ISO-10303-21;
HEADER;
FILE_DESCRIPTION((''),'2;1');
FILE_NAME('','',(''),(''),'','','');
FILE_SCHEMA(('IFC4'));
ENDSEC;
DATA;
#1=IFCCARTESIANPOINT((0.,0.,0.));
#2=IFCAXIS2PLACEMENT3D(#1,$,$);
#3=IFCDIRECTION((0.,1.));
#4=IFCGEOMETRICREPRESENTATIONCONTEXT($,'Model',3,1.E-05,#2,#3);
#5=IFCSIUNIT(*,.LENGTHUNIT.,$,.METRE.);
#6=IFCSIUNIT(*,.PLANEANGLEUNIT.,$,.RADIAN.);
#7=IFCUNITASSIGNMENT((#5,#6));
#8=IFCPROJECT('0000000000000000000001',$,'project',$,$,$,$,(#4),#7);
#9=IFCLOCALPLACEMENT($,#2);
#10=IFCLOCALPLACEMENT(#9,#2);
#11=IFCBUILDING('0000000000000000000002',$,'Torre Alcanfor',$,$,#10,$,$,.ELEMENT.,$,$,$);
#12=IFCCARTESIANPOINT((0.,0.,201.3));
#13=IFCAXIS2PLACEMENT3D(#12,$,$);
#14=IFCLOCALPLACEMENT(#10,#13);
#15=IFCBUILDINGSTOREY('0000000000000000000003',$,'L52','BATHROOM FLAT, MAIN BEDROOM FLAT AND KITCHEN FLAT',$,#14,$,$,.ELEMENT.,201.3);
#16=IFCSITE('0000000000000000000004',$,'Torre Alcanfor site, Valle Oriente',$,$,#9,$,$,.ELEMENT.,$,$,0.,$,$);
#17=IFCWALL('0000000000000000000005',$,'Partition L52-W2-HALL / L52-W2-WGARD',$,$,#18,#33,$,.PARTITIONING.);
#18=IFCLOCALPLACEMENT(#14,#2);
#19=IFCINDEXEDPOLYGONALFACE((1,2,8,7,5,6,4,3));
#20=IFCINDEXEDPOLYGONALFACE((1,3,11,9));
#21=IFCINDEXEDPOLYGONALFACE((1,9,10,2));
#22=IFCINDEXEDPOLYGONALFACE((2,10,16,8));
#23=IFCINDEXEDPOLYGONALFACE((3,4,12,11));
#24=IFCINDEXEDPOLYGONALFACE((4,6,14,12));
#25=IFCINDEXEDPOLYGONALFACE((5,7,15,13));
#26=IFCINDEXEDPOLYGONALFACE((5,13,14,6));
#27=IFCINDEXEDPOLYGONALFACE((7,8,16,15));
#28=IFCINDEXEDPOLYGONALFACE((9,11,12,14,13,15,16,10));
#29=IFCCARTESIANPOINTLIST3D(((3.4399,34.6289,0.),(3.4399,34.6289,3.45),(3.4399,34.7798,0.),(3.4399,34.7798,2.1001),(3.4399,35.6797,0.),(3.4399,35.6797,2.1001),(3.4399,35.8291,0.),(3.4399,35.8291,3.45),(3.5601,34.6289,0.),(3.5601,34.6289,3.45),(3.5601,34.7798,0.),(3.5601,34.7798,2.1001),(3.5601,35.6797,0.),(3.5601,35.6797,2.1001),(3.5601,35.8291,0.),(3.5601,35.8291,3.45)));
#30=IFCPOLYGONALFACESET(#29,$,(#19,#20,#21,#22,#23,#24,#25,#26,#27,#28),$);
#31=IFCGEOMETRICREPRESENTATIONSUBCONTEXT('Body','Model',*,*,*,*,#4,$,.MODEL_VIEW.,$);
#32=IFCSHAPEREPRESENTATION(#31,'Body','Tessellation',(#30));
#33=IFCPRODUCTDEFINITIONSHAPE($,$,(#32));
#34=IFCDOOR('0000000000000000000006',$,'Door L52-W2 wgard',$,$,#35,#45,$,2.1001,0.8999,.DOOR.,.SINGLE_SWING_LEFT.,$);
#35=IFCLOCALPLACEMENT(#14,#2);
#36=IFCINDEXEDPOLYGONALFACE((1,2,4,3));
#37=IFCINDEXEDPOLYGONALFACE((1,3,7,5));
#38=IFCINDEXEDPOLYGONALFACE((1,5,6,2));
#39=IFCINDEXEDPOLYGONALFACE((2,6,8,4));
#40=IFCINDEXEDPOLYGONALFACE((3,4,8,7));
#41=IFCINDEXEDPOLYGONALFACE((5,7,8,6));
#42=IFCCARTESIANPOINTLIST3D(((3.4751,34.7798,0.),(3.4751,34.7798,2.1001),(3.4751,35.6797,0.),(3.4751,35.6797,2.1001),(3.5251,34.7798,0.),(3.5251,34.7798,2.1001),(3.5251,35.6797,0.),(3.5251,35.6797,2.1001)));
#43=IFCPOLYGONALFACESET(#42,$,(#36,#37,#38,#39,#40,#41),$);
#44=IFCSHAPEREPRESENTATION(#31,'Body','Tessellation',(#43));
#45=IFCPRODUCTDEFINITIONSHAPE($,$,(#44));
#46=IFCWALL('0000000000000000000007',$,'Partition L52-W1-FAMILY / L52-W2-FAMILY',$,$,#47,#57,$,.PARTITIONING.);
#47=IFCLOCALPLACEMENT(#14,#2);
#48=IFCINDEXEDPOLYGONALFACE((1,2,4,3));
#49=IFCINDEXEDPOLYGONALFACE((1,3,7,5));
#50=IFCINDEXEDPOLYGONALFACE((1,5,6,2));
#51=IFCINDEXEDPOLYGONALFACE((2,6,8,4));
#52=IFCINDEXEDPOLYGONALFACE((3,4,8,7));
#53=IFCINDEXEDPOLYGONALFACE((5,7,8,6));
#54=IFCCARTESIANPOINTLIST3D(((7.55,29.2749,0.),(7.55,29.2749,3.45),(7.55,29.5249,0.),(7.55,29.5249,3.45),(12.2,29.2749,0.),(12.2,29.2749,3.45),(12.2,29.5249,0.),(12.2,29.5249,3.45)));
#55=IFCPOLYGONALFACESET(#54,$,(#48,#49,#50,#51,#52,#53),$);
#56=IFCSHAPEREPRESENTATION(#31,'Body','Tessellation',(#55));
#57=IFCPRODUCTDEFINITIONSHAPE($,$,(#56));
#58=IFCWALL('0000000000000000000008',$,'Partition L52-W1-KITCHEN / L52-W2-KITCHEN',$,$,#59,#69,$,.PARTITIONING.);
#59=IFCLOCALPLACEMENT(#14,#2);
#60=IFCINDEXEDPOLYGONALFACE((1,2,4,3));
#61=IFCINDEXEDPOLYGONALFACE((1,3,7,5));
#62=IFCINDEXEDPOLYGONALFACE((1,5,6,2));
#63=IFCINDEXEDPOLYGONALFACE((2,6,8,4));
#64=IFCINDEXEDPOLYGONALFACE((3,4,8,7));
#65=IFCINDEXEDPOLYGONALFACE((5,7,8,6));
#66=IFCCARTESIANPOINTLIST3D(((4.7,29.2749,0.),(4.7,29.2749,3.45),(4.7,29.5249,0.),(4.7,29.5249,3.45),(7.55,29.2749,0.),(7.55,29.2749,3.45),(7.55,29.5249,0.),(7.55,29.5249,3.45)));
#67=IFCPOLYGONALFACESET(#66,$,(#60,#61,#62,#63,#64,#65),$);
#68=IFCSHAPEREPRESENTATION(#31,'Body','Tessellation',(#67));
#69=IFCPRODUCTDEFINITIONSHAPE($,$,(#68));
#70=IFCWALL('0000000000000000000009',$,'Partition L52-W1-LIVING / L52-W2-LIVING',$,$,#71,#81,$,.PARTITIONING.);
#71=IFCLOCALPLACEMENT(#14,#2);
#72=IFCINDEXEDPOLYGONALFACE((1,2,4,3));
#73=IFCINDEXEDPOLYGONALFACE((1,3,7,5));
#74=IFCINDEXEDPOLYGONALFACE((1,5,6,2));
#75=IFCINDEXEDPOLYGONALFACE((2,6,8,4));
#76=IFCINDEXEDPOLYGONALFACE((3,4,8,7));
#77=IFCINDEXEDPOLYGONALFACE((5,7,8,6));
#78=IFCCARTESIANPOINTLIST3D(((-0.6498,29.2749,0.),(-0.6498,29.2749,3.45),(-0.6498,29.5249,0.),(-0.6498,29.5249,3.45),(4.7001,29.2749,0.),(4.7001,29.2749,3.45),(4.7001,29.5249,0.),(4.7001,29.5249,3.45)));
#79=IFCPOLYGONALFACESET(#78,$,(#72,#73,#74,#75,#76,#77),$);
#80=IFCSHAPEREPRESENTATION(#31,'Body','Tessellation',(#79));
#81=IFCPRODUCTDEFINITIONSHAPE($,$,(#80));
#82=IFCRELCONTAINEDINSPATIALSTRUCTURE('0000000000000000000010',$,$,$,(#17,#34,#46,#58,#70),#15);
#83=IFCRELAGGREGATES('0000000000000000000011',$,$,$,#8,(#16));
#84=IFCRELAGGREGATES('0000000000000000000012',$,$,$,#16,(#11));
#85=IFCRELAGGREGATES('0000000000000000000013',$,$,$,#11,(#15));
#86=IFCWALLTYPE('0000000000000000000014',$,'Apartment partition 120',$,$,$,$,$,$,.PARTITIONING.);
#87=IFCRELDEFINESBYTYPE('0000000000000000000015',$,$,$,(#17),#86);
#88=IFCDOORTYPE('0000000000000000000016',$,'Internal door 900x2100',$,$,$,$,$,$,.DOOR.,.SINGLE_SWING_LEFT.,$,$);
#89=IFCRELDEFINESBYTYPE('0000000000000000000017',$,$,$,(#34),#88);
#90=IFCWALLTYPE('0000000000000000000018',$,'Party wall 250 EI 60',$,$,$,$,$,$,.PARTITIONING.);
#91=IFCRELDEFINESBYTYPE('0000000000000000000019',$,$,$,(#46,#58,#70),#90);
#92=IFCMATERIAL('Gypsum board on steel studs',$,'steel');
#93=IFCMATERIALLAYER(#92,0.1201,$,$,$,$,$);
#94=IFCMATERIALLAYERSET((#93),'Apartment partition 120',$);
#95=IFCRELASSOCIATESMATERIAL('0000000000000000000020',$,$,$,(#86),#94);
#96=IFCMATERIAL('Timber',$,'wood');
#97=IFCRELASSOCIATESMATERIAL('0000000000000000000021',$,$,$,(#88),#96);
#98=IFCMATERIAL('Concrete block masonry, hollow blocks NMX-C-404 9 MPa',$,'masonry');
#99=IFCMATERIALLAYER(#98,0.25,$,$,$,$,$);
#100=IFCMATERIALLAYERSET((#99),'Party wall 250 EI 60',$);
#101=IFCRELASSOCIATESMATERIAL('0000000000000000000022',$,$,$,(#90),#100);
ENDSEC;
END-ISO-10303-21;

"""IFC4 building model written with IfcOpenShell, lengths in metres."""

from ifc_helpers import new_model, si_unit, direction, frame, frame_2d, origin, place, context, subcontext, project, spatial, rectangle, extrude, material, layer, layer_set, type_object, element, fill, save


model = new_model("IFC4")

# Units and contexts
model_context = context("Model", 3, precision=1e-05, world=origin(), true_north=direction((0.0, 1.0)))
body_context = subcontext(model_context, "Body", "Model", "MODEL_VIEW")
ifc_project = project(units=[si_unit("LENGTHUNIT", "METRE"), si_unit("PLANEANGLEUNIT", "RADIAN")], contexts=[model_context])

# Site, building, storey
site_placement = place(None, origin())
site = spatial("IfcSite", under=ifc_project, at=site_placement, Name="Torre Alcanfor site, Valle Oriente", CompositionType="ELEMENT", RefElevation=0.0)
building_placement = place(site_placement, origin())
building = spatial("IfcBuilding", under=site, at=building_placement, Name="Torre Alcanfor", CompositionType="ELEMENT")
storey_placement = place(building_placement, frame((0.0, 0.0, 201.3)))
storey = spatial("IfcBuildingStorey", under=building, at=storey_placement, Name="L52", Description="BATHROOM FLAT, MAIN BEDROOM FLAT AND KITCHEN FLAT", CompositionType="ELEMENT", Elevation=201.3)

# Shared definitions
ifc_material_1 = material(Name="Gypsum board on steel studs", Category="steel")
ifc_layer_1 = layer(ifc_material_1, 0.1201)
ifc_layer_set_1 = layer_set([ifc_layer_1], Name="Apartment partition 120")
wall_type_1 = type_object("IfcWallType", Name="Apartment partition 120", PredefinedType="PARTITIONING", material=ifc_layer_set_1)

# Shared definitions
ifc_material_2 = material(Name="Timber", Category="wood")
door_type = type_object("IfcDoorType", Name="Internal door 900x2100", OperationType="SINGLE_SWING_LEFT", PredefinedType="DOOR", material=ifc_material_2)

# Wall, opening, door
wall_1_placement = place(storey_placement, frame((3.5, 34.6289, 0.0), z_axis=(0.0, 0.0, 1.0), x_axis=(0.0, 1.0, 0.0)))
wall_1 = element("IfcWall", 1, at=wall_1_placement, inside=storey, type_object=wall_type_1, Name="Partition L52-W2-HALL / L52-W2-WGARD", PredefinedType="PARTITIONING", context=body_context, shape_type="SweptSolid", body=[
    extrude(rectangle(XDim=1.2002, YDim=0.1201, at=frame_2d((0.6001, 0.0))), origin(), (0.0, 0.0, 1.0), 3.45),
])
opening_1_placement = place(wall_1_placement, frame((0.1509, 0.0, 0.0)))
opening_1 = element("IfcOpeningElement", 2, at=opening_1_placement, cuts=wall_1, PredefinedType="OPENING", context=body_context, shape_type="SweptSolid", body=[
    extrude(rectangle(XDim=0.8999, YDim=2.1001, at=frame_2d((0.45, 1.05))), frame((0.0, 0.0701, 0.0), z_axis=(0.0, -1.0, 0.0), x_axis=(1.0, 0.0, 0.0)), (0.0, 0.0, 1.0), 0.1401),
])
door_1_placement = place(opening_1_placement, origin())
door_1 = element("IfcDoor", 3, at=door_1_placement, inside=storey, type_object=door_type, Name="Door L52-W2 wgard", OperationType="SINGLE_SWING_LEFT", OverallHeight=2.1001, OverallWidth=0.8999, PredefinedType="DOOR", context=body_context, shape_type="SweptSolid", body=[
    extrude(rectangle(XDim=0.8999, YDim=2.1001, at=frame_2d((0.45, 1.05))), frame((0.0, 0.0249, 0.0), z_axis=(0.0, -1.0, 0.0), x_axis=(1.0, 0.0, 0.0)), (0.0, 0.0, 1.0), 0.05),
])
fill(opening_1, door_1)

# Walls
ifc_material_3 = material(Name="Concrete block masonry, hollow blocks NMX-C-404 9 MPa", Category="masonry")
ifc_layer_2 = layer(ifc_material_3, 0.25)
ifc_layer_set_2 = layer_set([ifc_layer_2], Name="Party wall 250 EI 60")
wall_type_2 = type_object("IfcWallType", Name="Party wall 250 EI 60", PredefinedType="PARTITIONING", material=ifc_layer_set_2)
wall_2_placement = place(storey_placement, frame((12.2, 29.3999, 0.0), z_axis=(0.0, 0.0, 1.0), x_axis=(-1.0, 0.0, 0.0)))
element("IfcWall", 4, at=wall_2_placement, inside=storey, type_object=wall_type_2, Name="Partition L52-W1-FAMILY / L52-W2-FAMILY", PredefinedType="PARTITIONING", context=body_context, shape_type="SweptSolid", body=[
    extrude(rectangle(XDim=4.6499, YDim=0.25, at=frame_2d((2.325, 0.0))), origin(), (0.0, 0.0, 1.0), 3.45),
])
wall_3_placement = place(storey_placement, frame((7.55, 29.3999, 0.0), z_axis=(0.0, 0.0, 1.0), x_axis=(-1.0, 0.0, 0.0)))
element("IfcWall", 5, at=wall_3_placement, inside=storey, type_object=wall_type_2, Name="Partition L52-W1-KITCHEN / L52-W2-KITCHEN", PredefinedType="PARTITIONING", context=body_context, shape_type="SweptSolid", body=[
    extrude(rectangle(XDim=2.8501, YDim=0.25, at=frame_2d((1.425, 0.0))), origin(), (0.0, 0.0, 1.0), 3.45),
])
wall_4_placement = place(storey_placement, frame((4.7, 29.3999, 0.0), z_axis=(0.0, 0.0, 1.0), x_axis=(-1.0, 0.0, 0.0)))
element("IfcWall", 6, at=wall_4_placement, inside=storey, type_object=wall_type_2, Name="Partition L52-W1-LIVING / L52-W2-LIVING", PredefinedType="PARTITIONING", context=body_context, shape_type="SweptSolid", body=[
    extrude(rectangle(XDim=5.3499, YDim=0.25, at=frame_2d((2.6748, 0.0))), origin(), (0.0, 0.0, 1.0), 3.45),
])

save(model, "model.ifc")
